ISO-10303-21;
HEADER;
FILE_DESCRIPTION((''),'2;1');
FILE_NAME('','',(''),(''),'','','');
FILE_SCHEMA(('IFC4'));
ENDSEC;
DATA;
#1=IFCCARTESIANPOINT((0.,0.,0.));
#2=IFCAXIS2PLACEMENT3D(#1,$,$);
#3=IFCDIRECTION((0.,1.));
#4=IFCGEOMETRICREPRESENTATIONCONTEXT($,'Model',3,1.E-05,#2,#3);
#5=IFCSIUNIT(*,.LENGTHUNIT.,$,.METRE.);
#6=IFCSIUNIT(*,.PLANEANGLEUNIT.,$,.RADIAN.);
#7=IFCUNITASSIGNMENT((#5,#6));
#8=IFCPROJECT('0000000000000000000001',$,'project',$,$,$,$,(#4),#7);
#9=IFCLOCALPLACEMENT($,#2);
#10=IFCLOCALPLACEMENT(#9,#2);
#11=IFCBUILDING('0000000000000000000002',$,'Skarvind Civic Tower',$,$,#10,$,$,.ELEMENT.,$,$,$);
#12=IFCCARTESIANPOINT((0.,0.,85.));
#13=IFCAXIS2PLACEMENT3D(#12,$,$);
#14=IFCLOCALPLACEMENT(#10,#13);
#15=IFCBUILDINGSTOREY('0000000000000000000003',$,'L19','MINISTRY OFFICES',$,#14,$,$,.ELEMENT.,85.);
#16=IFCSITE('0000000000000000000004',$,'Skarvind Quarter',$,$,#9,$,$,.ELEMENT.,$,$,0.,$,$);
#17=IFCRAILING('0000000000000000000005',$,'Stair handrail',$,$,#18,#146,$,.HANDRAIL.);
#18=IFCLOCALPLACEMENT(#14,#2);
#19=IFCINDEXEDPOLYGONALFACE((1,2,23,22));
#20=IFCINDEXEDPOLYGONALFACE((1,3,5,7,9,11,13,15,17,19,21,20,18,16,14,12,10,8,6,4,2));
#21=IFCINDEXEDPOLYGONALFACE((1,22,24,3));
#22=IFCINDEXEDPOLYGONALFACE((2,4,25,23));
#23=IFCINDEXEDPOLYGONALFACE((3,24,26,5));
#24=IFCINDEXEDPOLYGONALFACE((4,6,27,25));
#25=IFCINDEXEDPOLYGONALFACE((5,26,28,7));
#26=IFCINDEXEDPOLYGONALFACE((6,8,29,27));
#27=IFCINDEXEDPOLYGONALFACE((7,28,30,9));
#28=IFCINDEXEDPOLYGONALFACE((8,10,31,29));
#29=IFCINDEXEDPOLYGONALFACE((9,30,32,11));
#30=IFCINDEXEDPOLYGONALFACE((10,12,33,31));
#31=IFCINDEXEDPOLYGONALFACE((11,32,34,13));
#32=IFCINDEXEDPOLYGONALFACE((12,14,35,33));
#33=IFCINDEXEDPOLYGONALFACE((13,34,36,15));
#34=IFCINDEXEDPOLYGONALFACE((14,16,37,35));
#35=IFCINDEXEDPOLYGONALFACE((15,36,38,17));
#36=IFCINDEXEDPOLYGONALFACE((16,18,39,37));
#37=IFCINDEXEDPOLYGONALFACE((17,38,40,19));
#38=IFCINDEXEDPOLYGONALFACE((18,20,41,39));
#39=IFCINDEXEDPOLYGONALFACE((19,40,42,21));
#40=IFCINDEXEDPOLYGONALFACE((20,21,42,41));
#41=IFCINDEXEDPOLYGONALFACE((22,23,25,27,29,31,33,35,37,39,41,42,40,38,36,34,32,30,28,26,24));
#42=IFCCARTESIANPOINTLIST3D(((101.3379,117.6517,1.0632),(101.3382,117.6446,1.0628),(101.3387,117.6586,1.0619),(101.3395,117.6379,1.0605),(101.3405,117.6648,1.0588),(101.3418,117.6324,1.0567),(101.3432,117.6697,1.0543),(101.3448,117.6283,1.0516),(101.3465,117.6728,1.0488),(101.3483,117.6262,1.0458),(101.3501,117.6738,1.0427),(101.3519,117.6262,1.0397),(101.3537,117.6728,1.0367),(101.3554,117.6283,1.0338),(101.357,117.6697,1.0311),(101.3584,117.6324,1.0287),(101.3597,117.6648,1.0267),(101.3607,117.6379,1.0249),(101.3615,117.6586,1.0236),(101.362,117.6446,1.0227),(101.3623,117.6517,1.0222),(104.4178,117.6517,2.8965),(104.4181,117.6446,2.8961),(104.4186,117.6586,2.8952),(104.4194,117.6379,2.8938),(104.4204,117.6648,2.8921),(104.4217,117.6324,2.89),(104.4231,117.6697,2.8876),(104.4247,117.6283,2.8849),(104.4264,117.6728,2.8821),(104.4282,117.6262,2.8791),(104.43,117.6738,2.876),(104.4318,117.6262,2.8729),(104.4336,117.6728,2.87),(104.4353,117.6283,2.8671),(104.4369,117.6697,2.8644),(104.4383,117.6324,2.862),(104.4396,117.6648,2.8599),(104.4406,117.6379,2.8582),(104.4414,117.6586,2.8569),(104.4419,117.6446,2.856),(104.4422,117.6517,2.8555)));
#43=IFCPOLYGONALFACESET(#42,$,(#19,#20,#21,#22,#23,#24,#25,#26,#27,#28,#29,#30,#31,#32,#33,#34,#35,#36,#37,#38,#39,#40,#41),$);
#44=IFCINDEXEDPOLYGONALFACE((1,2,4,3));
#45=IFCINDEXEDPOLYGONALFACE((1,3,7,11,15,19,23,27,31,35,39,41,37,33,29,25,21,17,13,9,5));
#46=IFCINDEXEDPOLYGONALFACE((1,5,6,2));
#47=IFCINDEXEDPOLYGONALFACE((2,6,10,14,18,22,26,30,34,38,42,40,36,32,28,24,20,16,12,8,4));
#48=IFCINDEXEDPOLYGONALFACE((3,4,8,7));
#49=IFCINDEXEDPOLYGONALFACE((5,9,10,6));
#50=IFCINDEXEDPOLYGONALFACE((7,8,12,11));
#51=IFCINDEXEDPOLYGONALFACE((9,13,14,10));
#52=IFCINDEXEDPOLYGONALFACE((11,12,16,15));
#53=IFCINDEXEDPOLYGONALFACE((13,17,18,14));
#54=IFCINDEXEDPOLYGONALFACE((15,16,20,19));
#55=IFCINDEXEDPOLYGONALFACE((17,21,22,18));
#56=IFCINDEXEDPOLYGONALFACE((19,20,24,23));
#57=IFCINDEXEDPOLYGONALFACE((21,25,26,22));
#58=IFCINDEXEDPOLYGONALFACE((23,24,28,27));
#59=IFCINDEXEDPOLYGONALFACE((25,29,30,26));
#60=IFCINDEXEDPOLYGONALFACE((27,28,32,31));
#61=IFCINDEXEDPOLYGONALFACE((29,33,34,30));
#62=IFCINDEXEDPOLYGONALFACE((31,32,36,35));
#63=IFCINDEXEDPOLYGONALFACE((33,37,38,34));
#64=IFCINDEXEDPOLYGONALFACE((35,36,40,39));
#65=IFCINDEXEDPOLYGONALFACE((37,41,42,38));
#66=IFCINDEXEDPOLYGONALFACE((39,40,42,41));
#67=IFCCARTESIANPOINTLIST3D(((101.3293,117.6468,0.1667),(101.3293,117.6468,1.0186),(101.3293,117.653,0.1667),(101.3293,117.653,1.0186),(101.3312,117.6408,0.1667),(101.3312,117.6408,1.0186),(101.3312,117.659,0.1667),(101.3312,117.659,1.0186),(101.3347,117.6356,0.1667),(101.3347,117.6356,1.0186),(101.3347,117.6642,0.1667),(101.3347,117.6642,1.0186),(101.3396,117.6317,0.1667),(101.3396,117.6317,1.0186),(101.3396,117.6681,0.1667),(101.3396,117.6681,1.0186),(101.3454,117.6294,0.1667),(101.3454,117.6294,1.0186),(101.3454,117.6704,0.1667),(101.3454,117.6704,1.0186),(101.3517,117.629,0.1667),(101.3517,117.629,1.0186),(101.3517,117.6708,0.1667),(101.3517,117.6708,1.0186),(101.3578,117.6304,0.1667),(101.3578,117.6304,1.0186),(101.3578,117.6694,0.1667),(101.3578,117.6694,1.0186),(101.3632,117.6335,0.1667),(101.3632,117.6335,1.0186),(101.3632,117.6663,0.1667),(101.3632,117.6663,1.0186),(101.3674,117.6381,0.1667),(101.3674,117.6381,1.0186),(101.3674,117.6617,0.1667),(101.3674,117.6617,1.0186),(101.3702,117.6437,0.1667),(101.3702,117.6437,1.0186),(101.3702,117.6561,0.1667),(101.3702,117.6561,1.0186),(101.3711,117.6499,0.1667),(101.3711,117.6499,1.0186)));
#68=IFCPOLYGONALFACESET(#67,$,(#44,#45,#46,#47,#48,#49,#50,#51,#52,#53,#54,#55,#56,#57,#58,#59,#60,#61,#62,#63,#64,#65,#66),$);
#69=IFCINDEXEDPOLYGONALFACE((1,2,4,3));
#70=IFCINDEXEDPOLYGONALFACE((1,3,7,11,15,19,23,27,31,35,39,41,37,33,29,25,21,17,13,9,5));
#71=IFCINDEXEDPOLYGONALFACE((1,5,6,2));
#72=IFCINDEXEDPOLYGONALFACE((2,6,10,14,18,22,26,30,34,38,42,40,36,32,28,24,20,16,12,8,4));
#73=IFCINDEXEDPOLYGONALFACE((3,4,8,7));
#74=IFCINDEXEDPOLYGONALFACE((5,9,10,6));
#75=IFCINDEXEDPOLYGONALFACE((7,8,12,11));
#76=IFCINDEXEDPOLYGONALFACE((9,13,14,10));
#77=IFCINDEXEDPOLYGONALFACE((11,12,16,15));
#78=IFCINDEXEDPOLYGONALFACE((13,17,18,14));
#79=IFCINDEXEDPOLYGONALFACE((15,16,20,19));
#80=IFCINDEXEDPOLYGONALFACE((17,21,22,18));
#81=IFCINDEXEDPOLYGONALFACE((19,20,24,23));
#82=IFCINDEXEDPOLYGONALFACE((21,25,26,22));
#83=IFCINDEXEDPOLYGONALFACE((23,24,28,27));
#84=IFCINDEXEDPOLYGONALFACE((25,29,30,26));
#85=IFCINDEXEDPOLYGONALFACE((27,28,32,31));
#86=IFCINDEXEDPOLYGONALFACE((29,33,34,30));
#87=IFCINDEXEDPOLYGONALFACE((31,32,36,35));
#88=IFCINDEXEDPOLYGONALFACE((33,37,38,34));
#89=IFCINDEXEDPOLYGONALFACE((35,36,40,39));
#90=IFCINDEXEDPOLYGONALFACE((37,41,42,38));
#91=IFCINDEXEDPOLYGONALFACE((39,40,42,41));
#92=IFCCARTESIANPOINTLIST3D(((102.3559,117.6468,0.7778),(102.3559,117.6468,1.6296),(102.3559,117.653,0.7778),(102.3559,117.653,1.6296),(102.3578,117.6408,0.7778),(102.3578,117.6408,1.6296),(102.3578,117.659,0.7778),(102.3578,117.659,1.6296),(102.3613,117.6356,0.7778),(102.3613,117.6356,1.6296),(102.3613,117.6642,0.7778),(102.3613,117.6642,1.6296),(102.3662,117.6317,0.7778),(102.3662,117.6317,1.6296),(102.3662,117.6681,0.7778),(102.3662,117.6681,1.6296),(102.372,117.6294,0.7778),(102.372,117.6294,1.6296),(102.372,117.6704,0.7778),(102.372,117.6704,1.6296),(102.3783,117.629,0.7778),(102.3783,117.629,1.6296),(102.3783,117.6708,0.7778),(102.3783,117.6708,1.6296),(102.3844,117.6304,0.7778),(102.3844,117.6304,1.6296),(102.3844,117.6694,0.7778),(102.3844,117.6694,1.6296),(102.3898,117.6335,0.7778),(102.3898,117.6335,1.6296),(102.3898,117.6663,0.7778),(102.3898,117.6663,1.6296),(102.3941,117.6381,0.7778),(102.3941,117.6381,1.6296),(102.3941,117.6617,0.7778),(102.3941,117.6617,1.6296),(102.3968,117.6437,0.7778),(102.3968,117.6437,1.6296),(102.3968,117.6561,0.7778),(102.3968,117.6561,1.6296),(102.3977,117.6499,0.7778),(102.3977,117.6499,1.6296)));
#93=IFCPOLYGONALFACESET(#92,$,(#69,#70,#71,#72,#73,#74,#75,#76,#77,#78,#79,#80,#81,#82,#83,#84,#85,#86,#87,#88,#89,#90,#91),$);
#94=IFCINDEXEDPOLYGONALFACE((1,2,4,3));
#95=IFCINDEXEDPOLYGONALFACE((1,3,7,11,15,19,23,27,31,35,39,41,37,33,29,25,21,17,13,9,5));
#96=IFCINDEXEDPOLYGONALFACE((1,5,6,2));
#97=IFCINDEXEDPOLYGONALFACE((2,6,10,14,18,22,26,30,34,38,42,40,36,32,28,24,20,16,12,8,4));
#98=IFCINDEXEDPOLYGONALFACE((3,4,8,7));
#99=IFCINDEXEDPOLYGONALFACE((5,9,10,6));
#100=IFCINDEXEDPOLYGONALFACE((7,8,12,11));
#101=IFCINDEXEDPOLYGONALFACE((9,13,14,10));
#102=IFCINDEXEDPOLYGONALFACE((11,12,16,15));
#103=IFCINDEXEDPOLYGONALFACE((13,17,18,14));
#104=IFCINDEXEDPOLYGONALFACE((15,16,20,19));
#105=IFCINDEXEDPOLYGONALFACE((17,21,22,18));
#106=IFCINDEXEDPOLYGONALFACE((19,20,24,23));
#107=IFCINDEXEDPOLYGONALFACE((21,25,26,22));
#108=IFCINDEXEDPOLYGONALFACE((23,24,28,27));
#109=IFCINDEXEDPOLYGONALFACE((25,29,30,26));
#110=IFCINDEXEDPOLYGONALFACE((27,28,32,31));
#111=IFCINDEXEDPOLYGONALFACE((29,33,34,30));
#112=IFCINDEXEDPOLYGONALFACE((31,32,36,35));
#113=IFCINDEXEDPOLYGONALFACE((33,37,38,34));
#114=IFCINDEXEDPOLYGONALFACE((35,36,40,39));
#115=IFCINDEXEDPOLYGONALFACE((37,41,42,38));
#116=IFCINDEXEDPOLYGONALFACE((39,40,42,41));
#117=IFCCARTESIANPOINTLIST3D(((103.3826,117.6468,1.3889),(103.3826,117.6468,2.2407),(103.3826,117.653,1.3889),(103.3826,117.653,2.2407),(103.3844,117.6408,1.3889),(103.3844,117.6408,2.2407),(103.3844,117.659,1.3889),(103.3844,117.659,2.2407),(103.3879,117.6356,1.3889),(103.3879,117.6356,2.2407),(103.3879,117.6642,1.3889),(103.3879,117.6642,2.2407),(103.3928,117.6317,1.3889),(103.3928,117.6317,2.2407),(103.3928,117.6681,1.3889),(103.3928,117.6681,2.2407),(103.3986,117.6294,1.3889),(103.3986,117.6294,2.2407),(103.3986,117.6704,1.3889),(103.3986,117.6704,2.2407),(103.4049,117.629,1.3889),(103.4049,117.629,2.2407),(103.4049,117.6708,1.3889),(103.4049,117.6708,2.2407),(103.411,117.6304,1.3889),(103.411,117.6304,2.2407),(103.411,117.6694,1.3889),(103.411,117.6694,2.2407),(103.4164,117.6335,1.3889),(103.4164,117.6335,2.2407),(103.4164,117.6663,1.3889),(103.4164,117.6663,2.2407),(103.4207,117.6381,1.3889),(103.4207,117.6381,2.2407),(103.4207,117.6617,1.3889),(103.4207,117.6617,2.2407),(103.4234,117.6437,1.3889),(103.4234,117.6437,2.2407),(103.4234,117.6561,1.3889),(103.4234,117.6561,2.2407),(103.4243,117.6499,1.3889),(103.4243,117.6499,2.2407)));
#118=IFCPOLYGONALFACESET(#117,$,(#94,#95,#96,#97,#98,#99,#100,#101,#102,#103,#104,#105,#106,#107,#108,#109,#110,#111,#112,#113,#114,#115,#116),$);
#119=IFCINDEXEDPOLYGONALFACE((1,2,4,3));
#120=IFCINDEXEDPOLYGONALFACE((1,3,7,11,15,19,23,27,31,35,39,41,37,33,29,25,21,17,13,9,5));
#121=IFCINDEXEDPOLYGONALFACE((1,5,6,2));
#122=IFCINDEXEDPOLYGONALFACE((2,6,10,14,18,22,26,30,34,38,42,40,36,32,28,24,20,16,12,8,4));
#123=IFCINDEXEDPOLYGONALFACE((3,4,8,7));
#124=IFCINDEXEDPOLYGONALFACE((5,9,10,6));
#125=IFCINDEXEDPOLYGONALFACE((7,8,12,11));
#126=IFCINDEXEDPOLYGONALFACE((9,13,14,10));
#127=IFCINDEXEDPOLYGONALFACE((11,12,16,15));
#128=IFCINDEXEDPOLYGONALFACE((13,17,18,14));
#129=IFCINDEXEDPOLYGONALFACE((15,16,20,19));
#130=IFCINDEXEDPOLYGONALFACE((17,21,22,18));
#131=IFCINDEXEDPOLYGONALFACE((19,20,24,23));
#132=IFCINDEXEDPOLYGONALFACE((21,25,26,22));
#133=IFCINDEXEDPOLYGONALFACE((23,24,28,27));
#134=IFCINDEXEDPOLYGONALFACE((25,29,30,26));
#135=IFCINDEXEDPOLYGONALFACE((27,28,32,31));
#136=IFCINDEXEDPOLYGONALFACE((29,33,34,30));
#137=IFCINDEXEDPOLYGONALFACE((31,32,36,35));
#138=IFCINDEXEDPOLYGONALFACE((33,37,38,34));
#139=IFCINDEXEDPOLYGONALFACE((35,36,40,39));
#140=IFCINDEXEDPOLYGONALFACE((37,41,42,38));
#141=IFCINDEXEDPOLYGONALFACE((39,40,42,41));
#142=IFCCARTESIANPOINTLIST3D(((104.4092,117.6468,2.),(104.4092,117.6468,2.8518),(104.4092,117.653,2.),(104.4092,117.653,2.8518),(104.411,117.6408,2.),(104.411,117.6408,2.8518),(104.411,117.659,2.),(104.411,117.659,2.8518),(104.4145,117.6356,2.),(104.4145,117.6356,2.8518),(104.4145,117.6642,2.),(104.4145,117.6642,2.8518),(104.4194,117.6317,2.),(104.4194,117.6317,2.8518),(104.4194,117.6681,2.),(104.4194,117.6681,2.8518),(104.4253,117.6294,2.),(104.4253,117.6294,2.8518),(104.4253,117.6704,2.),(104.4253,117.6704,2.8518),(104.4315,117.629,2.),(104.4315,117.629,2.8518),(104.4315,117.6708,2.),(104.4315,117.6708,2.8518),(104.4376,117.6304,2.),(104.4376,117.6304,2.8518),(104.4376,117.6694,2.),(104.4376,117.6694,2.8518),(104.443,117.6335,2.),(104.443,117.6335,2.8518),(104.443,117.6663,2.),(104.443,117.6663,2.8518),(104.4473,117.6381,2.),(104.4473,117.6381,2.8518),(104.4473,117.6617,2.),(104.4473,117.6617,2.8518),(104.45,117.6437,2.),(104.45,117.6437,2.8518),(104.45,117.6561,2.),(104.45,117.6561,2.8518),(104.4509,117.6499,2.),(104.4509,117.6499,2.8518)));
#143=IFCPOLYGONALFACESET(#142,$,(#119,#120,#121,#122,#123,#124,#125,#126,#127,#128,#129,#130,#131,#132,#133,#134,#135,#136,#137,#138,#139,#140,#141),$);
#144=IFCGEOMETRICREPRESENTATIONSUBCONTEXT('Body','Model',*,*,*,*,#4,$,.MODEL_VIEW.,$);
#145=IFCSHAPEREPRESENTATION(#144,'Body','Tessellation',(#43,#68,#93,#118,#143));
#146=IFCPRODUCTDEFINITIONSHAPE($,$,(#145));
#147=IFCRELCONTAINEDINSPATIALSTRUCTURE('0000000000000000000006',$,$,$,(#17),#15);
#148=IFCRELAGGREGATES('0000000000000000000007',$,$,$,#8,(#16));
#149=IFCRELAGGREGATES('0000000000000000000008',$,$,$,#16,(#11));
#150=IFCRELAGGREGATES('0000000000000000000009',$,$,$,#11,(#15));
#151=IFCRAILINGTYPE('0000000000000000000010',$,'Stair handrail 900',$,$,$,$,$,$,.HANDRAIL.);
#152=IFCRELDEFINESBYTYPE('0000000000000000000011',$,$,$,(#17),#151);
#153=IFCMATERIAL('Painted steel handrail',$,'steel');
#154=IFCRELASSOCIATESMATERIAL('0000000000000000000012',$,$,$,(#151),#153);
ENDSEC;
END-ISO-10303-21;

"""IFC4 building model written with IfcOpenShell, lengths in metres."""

from ifc_helpers import new_model, si_unit, direction, frame, origin, origin_2d, place, context, subcontext, project, spatial, circle, extrude, material, type_object, element, save


model = new_model("IFC4")

# Units and contexts
model_context = context("Model", 3, precision=1e-05, world=origin(), true_north=direction((0.0, 1.0)))
body_context = subcontext(model_context, "Body", "Model", "MODEL_VIEW")
ifc_project = project(units=[si_unit("LENGTHUNIT", "METRE"), si_unit("PLANEANGLEUNIT", "RADIAN")], contexts=[model_context])

# Site, building, storey
site_placement = place(None, origin())
site = spatial("IfcSite", under=ifc_project, at=site_placement, Name="Skarvind Quarter", CompositionType="ELEMENT", RefElevation=0.0)
building_placement = place(site_placement, origin())
building = spatial("IfcBuilding", under=site, at=building_placement, Name="Skarvind Civic Tower", CompositionType="ELEMENT")
storey_placement = place(building_placement, frame((0.0, 0.0, 85.0)))
storey = spatial("IfcBuildingStorey", under=building, at=storey_placement, Name="L19", Description="MINISTRY OFFICES", CompositionType="ELEMENT", Elevation=85.0)

# Railing
ifc_material_1 = material(Name="Painted steel handrail", Category="steel")
railing_type = type_object("IfcRailingType", Name="Stair handrail 900", PredefinedType="HANDRAIL", material=ifc_material_1)
railing_1_placement = place(storey_placement, frame((101.3501, 117.6499, 0.1667)))
element("IfcRailing", 1, at=railing_1_placement, inside=storey, type_object=railing_type, Name="Stair handrail", PredefinedType="HANDRAIL", context=body_context, shape_type="SweptSolid", body=[
    extrude(circle(Radius=0.0239, at=origin_2d()), frame((0.0, 0.0, 0.876), z_axis=(0.859291, 0.0, 0.511487), x_axis=(0.0, 1.0, 0.0)), (0.0, 0.0, 1.0), 3.5842),
    extrude(circle(Radius=0.021, at=origin_2d()), origin(), (0.0, 0.0, 1.0), 0.8518),
    extrude(circle(Radius=0.021, at=origin_2d()), frame((1.0266, 0.0, 0.6111)), (0.0, 0.0, 1.0), 0.8518),
    extrude(circle(Radius=0.021, at=origin_2d()), frame((2.0532, 0.0, 1.2222)), (0.0, 0.0, 1.0), 0.8518),
    extrude(circle(Radius=0.021, at=origin_2d()), frame((3.0798, 0.0, 1.8333)), (0.0, 0.0, 1.0), 0.8518),
])

save(model, "model.ifc")
